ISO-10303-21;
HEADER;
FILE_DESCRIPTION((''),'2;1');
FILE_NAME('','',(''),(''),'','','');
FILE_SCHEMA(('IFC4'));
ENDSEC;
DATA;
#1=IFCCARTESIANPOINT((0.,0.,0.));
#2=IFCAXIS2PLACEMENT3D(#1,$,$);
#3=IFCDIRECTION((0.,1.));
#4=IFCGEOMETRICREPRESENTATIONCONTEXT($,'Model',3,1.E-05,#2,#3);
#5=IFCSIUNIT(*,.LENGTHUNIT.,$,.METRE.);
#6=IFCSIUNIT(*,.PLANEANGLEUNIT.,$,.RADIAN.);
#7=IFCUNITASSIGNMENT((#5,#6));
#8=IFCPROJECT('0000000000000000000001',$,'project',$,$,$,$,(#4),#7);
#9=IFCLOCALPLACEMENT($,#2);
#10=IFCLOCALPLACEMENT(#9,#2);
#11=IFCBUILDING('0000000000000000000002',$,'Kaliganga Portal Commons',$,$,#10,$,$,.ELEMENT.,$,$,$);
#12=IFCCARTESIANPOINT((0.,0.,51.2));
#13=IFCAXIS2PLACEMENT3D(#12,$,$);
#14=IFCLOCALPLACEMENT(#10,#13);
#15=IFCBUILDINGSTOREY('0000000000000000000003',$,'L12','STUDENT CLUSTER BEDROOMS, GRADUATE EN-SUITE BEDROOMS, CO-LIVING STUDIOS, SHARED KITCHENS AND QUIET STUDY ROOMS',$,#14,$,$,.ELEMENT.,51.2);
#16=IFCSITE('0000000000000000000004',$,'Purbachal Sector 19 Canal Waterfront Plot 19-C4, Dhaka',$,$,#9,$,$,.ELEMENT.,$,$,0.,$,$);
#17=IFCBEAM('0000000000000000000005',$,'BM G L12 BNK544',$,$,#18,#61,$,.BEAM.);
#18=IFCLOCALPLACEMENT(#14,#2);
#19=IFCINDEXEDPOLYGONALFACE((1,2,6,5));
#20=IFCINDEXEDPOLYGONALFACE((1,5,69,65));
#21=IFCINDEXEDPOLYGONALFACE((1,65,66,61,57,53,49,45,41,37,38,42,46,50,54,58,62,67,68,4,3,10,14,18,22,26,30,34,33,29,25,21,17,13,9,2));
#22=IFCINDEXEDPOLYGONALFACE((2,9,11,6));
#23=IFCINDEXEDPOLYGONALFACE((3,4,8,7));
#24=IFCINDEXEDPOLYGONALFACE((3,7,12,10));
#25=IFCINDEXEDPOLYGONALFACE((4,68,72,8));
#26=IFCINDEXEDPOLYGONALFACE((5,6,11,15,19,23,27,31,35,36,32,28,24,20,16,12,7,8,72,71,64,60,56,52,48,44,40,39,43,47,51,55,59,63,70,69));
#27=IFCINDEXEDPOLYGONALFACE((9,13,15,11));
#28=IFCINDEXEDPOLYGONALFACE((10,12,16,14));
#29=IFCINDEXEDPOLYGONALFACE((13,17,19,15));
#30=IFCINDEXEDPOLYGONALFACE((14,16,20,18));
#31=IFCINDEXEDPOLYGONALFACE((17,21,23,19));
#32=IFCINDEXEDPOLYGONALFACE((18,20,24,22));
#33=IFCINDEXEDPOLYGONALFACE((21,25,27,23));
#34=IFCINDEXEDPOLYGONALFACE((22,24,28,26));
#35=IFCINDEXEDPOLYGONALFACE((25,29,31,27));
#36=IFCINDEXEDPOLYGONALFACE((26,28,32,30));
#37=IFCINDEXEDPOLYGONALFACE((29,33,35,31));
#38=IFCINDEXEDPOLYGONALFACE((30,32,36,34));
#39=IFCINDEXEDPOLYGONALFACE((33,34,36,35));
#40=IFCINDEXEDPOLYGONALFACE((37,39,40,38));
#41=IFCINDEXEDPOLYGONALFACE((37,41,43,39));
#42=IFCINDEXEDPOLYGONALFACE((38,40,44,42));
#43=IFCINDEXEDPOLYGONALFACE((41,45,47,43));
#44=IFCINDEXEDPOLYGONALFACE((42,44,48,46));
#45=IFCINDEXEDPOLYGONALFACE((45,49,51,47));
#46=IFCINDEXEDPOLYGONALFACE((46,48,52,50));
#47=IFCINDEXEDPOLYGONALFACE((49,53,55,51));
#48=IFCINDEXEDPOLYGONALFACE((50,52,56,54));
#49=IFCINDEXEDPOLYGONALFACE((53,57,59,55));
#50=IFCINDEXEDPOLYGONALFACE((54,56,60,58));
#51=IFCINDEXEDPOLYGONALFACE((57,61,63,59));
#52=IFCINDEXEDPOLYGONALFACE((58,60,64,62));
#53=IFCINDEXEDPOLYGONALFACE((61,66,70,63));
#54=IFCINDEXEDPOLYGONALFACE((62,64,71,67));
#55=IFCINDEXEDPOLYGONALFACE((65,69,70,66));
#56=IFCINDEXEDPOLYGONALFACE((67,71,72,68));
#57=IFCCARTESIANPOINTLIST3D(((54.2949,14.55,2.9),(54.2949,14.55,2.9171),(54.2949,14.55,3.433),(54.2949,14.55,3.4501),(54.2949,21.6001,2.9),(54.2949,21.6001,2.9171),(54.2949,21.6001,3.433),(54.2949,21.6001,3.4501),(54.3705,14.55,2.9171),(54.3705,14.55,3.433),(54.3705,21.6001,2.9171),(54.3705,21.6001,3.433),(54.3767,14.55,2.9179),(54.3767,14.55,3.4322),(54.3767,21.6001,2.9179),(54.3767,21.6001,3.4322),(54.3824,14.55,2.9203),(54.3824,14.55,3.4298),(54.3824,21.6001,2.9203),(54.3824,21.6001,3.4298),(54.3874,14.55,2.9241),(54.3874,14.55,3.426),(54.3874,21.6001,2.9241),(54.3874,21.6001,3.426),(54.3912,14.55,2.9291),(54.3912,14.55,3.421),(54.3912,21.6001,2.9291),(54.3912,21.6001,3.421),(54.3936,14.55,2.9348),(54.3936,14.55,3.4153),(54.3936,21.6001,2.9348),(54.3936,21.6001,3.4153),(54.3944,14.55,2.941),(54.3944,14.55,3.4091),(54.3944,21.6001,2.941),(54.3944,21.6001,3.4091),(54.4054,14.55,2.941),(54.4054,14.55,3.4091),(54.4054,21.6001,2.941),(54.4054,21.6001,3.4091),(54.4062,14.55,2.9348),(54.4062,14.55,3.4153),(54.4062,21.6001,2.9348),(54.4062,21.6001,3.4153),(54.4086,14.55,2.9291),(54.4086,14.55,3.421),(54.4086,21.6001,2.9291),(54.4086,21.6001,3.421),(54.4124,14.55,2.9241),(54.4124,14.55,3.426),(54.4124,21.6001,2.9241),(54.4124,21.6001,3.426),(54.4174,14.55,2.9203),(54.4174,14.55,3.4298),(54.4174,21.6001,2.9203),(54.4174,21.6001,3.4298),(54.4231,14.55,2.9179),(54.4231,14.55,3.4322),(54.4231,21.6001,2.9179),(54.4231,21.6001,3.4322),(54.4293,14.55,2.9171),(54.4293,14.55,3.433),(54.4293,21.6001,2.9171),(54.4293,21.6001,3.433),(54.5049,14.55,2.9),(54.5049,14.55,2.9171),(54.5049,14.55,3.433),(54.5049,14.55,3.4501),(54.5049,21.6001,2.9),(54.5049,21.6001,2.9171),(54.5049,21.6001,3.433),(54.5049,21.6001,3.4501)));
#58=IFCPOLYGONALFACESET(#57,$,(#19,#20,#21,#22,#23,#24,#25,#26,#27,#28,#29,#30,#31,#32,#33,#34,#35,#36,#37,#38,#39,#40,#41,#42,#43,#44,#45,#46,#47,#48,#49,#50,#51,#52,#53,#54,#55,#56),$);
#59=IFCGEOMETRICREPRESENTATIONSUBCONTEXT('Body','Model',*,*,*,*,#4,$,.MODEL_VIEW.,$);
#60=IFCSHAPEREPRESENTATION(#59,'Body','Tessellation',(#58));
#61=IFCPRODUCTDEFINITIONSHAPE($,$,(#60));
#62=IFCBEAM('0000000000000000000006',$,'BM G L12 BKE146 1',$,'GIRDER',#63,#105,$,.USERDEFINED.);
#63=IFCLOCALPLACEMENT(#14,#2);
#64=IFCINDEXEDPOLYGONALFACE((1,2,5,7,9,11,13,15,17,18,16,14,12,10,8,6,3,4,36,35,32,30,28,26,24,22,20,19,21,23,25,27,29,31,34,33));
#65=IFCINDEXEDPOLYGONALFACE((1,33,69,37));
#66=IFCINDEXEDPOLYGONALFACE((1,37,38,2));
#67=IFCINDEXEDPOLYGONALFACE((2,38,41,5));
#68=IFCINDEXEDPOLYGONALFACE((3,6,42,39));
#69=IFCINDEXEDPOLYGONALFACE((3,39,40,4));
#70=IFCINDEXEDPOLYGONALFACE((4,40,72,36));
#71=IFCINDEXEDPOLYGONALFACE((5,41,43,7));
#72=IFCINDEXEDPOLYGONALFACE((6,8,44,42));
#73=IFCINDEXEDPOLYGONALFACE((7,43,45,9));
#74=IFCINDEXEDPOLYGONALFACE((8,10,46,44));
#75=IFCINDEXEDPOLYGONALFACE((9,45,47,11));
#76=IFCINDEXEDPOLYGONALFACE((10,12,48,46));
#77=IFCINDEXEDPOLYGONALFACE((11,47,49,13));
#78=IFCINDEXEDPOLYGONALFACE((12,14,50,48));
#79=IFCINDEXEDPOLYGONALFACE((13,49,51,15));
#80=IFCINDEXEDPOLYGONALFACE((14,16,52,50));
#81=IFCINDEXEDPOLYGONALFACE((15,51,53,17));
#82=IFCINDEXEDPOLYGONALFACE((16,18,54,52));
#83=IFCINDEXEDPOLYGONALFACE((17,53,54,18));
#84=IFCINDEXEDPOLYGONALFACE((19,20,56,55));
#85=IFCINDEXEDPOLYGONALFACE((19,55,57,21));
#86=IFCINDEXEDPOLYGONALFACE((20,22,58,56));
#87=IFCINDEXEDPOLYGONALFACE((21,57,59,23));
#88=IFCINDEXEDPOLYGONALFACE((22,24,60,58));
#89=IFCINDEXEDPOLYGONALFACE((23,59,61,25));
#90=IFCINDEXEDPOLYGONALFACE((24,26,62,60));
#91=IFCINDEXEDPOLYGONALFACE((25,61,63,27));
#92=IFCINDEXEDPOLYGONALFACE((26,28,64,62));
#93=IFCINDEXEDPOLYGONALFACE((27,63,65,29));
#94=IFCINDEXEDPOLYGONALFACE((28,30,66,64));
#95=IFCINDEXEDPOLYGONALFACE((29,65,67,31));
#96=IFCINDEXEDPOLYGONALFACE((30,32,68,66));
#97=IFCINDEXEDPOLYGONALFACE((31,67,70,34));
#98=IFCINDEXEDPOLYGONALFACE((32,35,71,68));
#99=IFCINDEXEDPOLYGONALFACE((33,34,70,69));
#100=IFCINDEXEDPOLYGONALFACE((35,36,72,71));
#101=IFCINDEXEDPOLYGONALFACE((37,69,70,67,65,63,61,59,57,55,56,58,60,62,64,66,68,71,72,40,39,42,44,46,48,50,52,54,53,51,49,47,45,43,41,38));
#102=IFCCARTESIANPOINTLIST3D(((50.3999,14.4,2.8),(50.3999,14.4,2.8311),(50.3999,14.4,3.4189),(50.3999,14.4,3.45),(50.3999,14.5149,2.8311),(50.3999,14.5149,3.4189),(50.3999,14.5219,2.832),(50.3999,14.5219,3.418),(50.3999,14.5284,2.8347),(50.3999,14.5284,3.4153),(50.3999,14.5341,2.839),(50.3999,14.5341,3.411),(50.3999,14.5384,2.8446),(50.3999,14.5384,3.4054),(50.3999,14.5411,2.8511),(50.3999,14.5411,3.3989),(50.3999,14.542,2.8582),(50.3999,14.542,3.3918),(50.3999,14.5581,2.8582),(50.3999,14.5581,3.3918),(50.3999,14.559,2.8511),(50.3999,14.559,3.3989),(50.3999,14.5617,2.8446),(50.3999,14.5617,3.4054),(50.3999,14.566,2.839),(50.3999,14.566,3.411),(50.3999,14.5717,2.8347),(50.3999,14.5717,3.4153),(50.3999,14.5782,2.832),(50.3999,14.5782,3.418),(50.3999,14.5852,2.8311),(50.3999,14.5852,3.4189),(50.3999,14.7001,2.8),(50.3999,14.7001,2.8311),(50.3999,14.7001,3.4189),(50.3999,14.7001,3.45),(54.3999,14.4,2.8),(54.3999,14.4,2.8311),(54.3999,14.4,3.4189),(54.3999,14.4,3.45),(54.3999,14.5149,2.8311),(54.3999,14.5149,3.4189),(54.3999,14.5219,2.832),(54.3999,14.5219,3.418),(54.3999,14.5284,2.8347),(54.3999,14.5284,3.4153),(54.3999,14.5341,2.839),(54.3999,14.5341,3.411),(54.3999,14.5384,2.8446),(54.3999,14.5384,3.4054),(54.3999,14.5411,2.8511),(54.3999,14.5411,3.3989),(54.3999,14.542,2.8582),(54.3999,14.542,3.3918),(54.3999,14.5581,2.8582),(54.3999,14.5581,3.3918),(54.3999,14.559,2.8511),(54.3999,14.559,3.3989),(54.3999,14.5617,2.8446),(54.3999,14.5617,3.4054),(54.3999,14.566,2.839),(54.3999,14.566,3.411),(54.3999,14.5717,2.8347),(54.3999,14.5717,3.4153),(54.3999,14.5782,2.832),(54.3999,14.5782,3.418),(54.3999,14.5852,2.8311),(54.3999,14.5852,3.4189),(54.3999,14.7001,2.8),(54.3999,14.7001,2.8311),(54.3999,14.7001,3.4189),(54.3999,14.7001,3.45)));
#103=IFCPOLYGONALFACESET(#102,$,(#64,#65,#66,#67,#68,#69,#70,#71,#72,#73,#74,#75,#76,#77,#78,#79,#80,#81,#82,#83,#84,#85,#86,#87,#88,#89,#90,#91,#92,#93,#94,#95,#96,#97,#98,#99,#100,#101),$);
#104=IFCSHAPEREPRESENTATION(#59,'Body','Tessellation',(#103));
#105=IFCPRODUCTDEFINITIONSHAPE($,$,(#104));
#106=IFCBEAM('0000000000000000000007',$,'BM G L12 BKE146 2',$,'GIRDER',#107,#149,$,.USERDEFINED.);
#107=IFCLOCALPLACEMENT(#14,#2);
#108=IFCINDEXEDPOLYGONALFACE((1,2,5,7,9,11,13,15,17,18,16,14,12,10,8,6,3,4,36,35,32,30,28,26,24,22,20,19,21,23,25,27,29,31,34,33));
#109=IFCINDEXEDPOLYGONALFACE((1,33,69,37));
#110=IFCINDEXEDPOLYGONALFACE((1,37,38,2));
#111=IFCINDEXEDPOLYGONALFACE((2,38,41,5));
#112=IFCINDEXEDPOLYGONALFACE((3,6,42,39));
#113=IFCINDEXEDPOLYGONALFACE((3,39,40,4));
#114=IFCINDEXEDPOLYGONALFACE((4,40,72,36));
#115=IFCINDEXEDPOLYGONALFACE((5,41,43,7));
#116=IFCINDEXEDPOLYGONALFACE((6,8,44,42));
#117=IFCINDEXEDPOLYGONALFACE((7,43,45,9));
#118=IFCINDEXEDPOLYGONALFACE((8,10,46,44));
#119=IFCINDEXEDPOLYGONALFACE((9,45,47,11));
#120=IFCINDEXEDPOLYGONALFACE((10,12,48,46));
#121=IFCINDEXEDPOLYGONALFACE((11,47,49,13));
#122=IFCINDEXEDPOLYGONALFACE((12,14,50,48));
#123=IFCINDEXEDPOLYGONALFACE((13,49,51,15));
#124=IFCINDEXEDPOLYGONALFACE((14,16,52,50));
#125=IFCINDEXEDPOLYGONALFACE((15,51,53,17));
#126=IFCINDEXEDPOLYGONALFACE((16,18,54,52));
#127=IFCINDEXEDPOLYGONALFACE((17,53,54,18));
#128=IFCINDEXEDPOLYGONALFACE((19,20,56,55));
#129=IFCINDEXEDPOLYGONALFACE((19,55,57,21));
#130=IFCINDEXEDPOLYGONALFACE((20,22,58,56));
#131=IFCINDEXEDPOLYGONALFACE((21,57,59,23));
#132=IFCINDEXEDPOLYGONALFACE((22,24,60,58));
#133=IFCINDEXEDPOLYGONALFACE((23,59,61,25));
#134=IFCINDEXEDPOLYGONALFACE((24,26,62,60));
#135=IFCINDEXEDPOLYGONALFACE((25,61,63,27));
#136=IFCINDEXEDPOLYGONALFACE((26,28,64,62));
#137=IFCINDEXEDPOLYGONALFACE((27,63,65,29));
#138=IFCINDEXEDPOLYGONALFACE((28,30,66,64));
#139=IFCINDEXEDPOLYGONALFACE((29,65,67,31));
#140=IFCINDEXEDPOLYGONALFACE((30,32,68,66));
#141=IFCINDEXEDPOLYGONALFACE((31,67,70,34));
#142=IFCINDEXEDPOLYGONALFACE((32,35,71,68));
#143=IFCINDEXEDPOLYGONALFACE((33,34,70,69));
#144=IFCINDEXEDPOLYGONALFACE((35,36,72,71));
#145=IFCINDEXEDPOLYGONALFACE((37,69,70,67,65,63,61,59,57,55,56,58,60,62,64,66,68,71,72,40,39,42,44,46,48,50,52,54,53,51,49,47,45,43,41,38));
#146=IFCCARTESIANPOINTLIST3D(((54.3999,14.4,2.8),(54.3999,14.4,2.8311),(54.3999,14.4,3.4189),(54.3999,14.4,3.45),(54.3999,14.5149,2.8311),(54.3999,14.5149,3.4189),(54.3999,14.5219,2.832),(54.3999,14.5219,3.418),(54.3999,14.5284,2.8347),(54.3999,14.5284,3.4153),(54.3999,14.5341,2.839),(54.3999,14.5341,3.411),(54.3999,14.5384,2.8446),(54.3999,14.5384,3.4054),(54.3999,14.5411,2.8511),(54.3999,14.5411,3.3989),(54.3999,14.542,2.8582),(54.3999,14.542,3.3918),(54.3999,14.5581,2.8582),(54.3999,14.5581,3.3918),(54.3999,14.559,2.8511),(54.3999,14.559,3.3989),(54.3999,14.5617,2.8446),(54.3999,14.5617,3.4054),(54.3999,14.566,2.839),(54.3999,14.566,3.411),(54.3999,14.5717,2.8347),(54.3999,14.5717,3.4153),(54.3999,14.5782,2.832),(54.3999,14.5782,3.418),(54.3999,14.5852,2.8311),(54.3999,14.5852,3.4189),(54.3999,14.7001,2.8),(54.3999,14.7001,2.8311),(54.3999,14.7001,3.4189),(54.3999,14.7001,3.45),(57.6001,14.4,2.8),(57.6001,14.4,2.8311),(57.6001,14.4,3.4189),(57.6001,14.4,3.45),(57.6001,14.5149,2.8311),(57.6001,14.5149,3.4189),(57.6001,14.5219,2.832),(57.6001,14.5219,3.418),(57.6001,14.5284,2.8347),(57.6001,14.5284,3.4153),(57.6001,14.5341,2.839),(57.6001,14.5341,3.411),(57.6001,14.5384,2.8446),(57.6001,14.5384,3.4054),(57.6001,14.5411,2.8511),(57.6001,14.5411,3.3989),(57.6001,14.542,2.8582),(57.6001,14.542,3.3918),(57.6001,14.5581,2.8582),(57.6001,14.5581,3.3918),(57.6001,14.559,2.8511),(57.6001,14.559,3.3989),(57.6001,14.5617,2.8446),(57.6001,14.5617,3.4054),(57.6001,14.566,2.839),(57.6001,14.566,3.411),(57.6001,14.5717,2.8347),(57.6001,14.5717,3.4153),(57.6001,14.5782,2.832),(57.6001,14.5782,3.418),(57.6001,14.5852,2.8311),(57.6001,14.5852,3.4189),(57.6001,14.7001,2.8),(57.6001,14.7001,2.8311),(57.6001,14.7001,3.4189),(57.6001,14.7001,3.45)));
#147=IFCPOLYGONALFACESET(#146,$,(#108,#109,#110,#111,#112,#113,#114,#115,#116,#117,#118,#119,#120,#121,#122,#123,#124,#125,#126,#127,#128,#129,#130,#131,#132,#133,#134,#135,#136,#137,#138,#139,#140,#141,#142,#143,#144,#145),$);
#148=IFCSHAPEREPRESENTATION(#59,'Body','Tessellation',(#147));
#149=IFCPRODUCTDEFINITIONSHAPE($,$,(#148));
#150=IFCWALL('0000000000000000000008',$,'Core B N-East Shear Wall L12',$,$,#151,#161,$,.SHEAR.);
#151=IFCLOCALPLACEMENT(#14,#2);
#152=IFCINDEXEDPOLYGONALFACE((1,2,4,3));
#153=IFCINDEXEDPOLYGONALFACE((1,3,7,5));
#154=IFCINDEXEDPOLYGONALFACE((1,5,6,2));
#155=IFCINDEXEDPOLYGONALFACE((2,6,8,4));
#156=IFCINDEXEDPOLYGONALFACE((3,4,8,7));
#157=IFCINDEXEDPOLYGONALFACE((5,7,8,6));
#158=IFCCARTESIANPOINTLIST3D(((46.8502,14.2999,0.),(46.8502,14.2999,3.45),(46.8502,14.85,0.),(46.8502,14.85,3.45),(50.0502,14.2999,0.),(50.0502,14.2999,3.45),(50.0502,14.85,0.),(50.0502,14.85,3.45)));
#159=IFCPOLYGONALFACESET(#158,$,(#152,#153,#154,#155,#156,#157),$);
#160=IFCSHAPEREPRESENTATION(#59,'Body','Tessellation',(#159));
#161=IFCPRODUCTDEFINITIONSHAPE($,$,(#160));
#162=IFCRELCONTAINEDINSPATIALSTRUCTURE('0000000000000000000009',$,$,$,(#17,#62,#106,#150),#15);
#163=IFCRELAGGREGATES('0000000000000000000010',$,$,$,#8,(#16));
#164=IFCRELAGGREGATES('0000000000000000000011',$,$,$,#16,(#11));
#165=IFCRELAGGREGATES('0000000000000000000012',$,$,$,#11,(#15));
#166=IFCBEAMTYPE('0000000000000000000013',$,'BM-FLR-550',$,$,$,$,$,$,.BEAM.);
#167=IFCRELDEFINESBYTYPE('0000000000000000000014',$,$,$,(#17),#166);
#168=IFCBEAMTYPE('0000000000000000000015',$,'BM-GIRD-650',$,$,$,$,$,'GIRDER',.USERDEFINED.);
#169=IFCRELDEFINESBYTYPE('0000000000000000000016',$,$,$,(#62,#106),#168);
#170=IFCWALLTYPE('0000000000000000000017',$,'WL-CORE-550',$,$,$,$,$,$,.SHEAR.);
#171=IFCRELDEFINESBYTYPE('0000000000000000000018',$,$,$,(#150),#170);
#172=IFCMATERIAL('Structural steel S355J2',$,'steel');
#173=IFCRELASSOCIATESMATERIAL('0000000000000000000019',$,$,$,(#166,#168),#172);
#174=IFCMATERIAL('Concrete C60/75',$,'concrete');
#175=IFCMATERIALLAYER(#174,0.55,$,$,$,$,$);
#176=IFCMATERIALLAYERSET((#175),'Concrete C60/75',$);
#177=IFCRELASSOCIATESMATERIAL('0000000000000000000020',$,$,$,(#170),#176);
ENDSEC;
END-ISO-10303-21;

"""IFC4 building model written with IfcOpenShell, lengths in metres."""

from ifc_helpers import new_model, si_unit, direction, frame, frame_2d, origin, origin_2d, place, context, subcontext, project, spatial, rectangle, i_section, extrude, source, transform, mapped, material, layer, layer_set, material_profile, profile_set, type_object, element, save


model = new_model("IFC4")

# Units and contexts
model_context = context("Model", 3, precision=1e-05, world=origin(), true_north=direction((0.0, 1.0)))
body_context = subcontext(model_context, "Body", "Model", "MODEL_VIEW")
ifc_project = project(units=[si_unit("LENGTHUNIT", "METRE"), si_unit("PLANEANGLEUNIT", "RADIAN")], contexts=[model_context])

# Site, building, storey
site_placement = place(None, origin())
site = spatial("IfcSite", under=ifc_project, at=site_placement, Name="Purbachal Sector 19 Canal Waterfront Plot 19-C4, Dhaka", CompositionType="ELEMENT", RefElevation=0.0)
building_placement = place(site_placement, origin())
building = spatial("IfcBuilding", under=site, at=building_placement, Name="Kaliganga Portal Commons", CompositionType="ELEMENT")
storey_placement = place(building_placement, frame((0.0, 0.0, 51.2)))
storey = spatial("IfcBuildingStorey", under=building, at=storey_placement, Name="L12", Description="STUDENT CLUSTER BEDROOMS, GRADUATE EN-SUITE BEDROOMS, CO-LIVING STUDIOS, SHARED KITCHENS AND QUIET STUDY ROOMS", CompositionType="ELEMENT", Elevation=51.2)

# Beams
ifc_material_1 = material(Name="Structural steel S355J2", Category="steel")
ifc_material_profile_1 = material_profile(ifc_material_1, i_section(OverallWidth=0.21, OverallDepth=0.55, WebThickness=0.011, FlangeThickness=0.0171, FilletRadius=0.0239, at=origin_2d()), Name="IPE 550")
ifc_profile_set_1 = profile_set([ifc_material_profile_1], Name="Structural steel S355J2 wide-flange")
beam_type_1 = type_object("IfcBeamType", Name="BM-FLR-550", PredefinedType="BEAM", material=ifc_profile_set_1)
shared_shape_1 = source(origin(), body_context, "Body", "SweptSolid", [
    extrude(i_section(OverallWidth=0.21, OverallDepth=0.55, WebThickness=0.011, FlangeThickness=0.0171, FilletRadius=0.0239, at=origin_2d()), origin(), (0.0, 0.0, 1.0), 7.05),
])
for number, where, z_axis, x_axis, name in (
    (1, (54.3999, 14.55, 3.175), (0.0, 1.0, 0.0), (-1.0, 0.0, 0.0), "BM G L12 BNK544"),
):
    element("IfcBeam", number, at=place(storey_placement, frame(where, z_axis=z_axis, x_axis=x_axis)), inside=storey, type_object=beam_type_1, Name=name, PredefinedType="BEAM", context=body_context, shape_type="MappedRepresentation", body=[
        mapped(shared_shape_1, transform((0.0, 0.0, 0.0), x_axis=(1.0, 0.0, 0.0), y_axis=(0.0, 1.0, 0.0), z_axis=(0.0, 0.0, 1.0), scale=1.0)),
    ])
ifc_material_profile_2 = material_profile(ifc_material_1, i_section(OverallWidth=0.3, OverallDepth=0.6499, WebThickness=0.0161, FlangeThickness=0.031, FilletRadius=0.0271, at=origin_2d()), Name="HE 650 B")
ifc_profile_set_2 = profile_set([ifc_material_profile_2], Name="Structural steel S355J2 wide-flange")
beam_type_2 = type_object("IfcBeamType", Name="BM-GIRD-650", ElementType="GIRDER", PredefinedType="USERDEFINED", material=ifc_profile_set_2)
shared_shape_2 = source(origin(), body_context, "Body", "SweptSolid", [
    extrude(i_section(OverallWidth=0.3, OverallDepth=0.6499, WebThickness=0.0161, FlangeThickness=0.031, FilletRadius=0.0271, at=origin_2d()), origin(), (0.0, 0.0, 1.0), 4.0),
])
beam_1_placement = place(storey_placement, frame((50.3999, 14.55, 3.125), z_axis=(1.0, 0.0, 0.0), x_axis=(0.0, 1.0, 0.0)))
element("IfcBeam", 2, at=beam_1_placement, inside=storey, type_object=beam_type_2, Name="BM G L12 BKE146 1", ObjectType="GIRDER", PredefinedType="USERDEFINED", context=body_context, shape_type="MappedRepresentation", body=[
    mapped(shared_shape_2, transform((0.0, 0.0, 0.0), x_axis=(1.0, 0.0, 0.0), y_axis=(0.0, 1.0, 0.0), z_axis=(0.0, 0.0, 1.0), scale=1.0)),
])
shared_shape_3 = source(origin(), body_context, "Body", "SweptSolid", [
    extrude(i_section(OverallWidth=0.3, OverallDepth=0.6499, WebThickness=0.0161, FlangeThickness=0.031, FilletRadius=0.0271, at=origin_2d()), origin(), (0.0, 0.0, 1.0), 3.2002),
])
beam_2_placement = place(storey_placement, frame((54.3999, 14.55, 3.125), z_axis=(1.0, 0.0, 0.0), x_axis=(0.0, 1.0, 0.0)))
element("IfcBeam", 3, at=beam_2_placement, inside=storey, type_object=beam_type_2, Name="BM G L12 BKE146 2", ObjectType="GIRDER", PredefinedType="USERDEFINED", context=body_context, shape_type="MappedRepresentation", body=[
    mapped(shared_shape_3, transform((0.0, 0.0, 0.0), x_axis=(1.0, 0.0, 0.0), y_axis=(0.0, 1.0, 0.0), z_axis=(0.0, 0.0, 1.0), scale=1.0)),
])

# Wall
ifc_material_2 = material(Name="Concrete C60/75", Category="concrete")
ifc_layer_1 = layer(ifc_material_2, 0.55)
ifc_layer_set_1 = layer_set([ifc_layer_1], Name="Concrete C60/75")
wall_type_1 = type_object("IfcWallType", Name="WL-CORE-550", PredefinedType="SHEAR", material=ifc_layer_set_1)
wall_1_placement = place(storey_placement, frame((46.8501, 14.575, 0.0), z_axis=(0.0, 0.0, 1.0), x_axis=(1.0, 0.0, 0.0)))
element("IfcWall", 4, at=wall_1_placement, inside=storey, type_object=wall_type_1, Name="Core B N-East Shear Wall L12", PredefinedType="SHEAR", context=body_context, shape_type="SweptSolid", body=[
    extrude(rectangle(XDim=3.2, YDim=0.55, at=frame_2d((1.6001, 0.0))), origin(), (0.0, 0.0, 1.0), 3.45),
])

save(model, "model.ifc")
